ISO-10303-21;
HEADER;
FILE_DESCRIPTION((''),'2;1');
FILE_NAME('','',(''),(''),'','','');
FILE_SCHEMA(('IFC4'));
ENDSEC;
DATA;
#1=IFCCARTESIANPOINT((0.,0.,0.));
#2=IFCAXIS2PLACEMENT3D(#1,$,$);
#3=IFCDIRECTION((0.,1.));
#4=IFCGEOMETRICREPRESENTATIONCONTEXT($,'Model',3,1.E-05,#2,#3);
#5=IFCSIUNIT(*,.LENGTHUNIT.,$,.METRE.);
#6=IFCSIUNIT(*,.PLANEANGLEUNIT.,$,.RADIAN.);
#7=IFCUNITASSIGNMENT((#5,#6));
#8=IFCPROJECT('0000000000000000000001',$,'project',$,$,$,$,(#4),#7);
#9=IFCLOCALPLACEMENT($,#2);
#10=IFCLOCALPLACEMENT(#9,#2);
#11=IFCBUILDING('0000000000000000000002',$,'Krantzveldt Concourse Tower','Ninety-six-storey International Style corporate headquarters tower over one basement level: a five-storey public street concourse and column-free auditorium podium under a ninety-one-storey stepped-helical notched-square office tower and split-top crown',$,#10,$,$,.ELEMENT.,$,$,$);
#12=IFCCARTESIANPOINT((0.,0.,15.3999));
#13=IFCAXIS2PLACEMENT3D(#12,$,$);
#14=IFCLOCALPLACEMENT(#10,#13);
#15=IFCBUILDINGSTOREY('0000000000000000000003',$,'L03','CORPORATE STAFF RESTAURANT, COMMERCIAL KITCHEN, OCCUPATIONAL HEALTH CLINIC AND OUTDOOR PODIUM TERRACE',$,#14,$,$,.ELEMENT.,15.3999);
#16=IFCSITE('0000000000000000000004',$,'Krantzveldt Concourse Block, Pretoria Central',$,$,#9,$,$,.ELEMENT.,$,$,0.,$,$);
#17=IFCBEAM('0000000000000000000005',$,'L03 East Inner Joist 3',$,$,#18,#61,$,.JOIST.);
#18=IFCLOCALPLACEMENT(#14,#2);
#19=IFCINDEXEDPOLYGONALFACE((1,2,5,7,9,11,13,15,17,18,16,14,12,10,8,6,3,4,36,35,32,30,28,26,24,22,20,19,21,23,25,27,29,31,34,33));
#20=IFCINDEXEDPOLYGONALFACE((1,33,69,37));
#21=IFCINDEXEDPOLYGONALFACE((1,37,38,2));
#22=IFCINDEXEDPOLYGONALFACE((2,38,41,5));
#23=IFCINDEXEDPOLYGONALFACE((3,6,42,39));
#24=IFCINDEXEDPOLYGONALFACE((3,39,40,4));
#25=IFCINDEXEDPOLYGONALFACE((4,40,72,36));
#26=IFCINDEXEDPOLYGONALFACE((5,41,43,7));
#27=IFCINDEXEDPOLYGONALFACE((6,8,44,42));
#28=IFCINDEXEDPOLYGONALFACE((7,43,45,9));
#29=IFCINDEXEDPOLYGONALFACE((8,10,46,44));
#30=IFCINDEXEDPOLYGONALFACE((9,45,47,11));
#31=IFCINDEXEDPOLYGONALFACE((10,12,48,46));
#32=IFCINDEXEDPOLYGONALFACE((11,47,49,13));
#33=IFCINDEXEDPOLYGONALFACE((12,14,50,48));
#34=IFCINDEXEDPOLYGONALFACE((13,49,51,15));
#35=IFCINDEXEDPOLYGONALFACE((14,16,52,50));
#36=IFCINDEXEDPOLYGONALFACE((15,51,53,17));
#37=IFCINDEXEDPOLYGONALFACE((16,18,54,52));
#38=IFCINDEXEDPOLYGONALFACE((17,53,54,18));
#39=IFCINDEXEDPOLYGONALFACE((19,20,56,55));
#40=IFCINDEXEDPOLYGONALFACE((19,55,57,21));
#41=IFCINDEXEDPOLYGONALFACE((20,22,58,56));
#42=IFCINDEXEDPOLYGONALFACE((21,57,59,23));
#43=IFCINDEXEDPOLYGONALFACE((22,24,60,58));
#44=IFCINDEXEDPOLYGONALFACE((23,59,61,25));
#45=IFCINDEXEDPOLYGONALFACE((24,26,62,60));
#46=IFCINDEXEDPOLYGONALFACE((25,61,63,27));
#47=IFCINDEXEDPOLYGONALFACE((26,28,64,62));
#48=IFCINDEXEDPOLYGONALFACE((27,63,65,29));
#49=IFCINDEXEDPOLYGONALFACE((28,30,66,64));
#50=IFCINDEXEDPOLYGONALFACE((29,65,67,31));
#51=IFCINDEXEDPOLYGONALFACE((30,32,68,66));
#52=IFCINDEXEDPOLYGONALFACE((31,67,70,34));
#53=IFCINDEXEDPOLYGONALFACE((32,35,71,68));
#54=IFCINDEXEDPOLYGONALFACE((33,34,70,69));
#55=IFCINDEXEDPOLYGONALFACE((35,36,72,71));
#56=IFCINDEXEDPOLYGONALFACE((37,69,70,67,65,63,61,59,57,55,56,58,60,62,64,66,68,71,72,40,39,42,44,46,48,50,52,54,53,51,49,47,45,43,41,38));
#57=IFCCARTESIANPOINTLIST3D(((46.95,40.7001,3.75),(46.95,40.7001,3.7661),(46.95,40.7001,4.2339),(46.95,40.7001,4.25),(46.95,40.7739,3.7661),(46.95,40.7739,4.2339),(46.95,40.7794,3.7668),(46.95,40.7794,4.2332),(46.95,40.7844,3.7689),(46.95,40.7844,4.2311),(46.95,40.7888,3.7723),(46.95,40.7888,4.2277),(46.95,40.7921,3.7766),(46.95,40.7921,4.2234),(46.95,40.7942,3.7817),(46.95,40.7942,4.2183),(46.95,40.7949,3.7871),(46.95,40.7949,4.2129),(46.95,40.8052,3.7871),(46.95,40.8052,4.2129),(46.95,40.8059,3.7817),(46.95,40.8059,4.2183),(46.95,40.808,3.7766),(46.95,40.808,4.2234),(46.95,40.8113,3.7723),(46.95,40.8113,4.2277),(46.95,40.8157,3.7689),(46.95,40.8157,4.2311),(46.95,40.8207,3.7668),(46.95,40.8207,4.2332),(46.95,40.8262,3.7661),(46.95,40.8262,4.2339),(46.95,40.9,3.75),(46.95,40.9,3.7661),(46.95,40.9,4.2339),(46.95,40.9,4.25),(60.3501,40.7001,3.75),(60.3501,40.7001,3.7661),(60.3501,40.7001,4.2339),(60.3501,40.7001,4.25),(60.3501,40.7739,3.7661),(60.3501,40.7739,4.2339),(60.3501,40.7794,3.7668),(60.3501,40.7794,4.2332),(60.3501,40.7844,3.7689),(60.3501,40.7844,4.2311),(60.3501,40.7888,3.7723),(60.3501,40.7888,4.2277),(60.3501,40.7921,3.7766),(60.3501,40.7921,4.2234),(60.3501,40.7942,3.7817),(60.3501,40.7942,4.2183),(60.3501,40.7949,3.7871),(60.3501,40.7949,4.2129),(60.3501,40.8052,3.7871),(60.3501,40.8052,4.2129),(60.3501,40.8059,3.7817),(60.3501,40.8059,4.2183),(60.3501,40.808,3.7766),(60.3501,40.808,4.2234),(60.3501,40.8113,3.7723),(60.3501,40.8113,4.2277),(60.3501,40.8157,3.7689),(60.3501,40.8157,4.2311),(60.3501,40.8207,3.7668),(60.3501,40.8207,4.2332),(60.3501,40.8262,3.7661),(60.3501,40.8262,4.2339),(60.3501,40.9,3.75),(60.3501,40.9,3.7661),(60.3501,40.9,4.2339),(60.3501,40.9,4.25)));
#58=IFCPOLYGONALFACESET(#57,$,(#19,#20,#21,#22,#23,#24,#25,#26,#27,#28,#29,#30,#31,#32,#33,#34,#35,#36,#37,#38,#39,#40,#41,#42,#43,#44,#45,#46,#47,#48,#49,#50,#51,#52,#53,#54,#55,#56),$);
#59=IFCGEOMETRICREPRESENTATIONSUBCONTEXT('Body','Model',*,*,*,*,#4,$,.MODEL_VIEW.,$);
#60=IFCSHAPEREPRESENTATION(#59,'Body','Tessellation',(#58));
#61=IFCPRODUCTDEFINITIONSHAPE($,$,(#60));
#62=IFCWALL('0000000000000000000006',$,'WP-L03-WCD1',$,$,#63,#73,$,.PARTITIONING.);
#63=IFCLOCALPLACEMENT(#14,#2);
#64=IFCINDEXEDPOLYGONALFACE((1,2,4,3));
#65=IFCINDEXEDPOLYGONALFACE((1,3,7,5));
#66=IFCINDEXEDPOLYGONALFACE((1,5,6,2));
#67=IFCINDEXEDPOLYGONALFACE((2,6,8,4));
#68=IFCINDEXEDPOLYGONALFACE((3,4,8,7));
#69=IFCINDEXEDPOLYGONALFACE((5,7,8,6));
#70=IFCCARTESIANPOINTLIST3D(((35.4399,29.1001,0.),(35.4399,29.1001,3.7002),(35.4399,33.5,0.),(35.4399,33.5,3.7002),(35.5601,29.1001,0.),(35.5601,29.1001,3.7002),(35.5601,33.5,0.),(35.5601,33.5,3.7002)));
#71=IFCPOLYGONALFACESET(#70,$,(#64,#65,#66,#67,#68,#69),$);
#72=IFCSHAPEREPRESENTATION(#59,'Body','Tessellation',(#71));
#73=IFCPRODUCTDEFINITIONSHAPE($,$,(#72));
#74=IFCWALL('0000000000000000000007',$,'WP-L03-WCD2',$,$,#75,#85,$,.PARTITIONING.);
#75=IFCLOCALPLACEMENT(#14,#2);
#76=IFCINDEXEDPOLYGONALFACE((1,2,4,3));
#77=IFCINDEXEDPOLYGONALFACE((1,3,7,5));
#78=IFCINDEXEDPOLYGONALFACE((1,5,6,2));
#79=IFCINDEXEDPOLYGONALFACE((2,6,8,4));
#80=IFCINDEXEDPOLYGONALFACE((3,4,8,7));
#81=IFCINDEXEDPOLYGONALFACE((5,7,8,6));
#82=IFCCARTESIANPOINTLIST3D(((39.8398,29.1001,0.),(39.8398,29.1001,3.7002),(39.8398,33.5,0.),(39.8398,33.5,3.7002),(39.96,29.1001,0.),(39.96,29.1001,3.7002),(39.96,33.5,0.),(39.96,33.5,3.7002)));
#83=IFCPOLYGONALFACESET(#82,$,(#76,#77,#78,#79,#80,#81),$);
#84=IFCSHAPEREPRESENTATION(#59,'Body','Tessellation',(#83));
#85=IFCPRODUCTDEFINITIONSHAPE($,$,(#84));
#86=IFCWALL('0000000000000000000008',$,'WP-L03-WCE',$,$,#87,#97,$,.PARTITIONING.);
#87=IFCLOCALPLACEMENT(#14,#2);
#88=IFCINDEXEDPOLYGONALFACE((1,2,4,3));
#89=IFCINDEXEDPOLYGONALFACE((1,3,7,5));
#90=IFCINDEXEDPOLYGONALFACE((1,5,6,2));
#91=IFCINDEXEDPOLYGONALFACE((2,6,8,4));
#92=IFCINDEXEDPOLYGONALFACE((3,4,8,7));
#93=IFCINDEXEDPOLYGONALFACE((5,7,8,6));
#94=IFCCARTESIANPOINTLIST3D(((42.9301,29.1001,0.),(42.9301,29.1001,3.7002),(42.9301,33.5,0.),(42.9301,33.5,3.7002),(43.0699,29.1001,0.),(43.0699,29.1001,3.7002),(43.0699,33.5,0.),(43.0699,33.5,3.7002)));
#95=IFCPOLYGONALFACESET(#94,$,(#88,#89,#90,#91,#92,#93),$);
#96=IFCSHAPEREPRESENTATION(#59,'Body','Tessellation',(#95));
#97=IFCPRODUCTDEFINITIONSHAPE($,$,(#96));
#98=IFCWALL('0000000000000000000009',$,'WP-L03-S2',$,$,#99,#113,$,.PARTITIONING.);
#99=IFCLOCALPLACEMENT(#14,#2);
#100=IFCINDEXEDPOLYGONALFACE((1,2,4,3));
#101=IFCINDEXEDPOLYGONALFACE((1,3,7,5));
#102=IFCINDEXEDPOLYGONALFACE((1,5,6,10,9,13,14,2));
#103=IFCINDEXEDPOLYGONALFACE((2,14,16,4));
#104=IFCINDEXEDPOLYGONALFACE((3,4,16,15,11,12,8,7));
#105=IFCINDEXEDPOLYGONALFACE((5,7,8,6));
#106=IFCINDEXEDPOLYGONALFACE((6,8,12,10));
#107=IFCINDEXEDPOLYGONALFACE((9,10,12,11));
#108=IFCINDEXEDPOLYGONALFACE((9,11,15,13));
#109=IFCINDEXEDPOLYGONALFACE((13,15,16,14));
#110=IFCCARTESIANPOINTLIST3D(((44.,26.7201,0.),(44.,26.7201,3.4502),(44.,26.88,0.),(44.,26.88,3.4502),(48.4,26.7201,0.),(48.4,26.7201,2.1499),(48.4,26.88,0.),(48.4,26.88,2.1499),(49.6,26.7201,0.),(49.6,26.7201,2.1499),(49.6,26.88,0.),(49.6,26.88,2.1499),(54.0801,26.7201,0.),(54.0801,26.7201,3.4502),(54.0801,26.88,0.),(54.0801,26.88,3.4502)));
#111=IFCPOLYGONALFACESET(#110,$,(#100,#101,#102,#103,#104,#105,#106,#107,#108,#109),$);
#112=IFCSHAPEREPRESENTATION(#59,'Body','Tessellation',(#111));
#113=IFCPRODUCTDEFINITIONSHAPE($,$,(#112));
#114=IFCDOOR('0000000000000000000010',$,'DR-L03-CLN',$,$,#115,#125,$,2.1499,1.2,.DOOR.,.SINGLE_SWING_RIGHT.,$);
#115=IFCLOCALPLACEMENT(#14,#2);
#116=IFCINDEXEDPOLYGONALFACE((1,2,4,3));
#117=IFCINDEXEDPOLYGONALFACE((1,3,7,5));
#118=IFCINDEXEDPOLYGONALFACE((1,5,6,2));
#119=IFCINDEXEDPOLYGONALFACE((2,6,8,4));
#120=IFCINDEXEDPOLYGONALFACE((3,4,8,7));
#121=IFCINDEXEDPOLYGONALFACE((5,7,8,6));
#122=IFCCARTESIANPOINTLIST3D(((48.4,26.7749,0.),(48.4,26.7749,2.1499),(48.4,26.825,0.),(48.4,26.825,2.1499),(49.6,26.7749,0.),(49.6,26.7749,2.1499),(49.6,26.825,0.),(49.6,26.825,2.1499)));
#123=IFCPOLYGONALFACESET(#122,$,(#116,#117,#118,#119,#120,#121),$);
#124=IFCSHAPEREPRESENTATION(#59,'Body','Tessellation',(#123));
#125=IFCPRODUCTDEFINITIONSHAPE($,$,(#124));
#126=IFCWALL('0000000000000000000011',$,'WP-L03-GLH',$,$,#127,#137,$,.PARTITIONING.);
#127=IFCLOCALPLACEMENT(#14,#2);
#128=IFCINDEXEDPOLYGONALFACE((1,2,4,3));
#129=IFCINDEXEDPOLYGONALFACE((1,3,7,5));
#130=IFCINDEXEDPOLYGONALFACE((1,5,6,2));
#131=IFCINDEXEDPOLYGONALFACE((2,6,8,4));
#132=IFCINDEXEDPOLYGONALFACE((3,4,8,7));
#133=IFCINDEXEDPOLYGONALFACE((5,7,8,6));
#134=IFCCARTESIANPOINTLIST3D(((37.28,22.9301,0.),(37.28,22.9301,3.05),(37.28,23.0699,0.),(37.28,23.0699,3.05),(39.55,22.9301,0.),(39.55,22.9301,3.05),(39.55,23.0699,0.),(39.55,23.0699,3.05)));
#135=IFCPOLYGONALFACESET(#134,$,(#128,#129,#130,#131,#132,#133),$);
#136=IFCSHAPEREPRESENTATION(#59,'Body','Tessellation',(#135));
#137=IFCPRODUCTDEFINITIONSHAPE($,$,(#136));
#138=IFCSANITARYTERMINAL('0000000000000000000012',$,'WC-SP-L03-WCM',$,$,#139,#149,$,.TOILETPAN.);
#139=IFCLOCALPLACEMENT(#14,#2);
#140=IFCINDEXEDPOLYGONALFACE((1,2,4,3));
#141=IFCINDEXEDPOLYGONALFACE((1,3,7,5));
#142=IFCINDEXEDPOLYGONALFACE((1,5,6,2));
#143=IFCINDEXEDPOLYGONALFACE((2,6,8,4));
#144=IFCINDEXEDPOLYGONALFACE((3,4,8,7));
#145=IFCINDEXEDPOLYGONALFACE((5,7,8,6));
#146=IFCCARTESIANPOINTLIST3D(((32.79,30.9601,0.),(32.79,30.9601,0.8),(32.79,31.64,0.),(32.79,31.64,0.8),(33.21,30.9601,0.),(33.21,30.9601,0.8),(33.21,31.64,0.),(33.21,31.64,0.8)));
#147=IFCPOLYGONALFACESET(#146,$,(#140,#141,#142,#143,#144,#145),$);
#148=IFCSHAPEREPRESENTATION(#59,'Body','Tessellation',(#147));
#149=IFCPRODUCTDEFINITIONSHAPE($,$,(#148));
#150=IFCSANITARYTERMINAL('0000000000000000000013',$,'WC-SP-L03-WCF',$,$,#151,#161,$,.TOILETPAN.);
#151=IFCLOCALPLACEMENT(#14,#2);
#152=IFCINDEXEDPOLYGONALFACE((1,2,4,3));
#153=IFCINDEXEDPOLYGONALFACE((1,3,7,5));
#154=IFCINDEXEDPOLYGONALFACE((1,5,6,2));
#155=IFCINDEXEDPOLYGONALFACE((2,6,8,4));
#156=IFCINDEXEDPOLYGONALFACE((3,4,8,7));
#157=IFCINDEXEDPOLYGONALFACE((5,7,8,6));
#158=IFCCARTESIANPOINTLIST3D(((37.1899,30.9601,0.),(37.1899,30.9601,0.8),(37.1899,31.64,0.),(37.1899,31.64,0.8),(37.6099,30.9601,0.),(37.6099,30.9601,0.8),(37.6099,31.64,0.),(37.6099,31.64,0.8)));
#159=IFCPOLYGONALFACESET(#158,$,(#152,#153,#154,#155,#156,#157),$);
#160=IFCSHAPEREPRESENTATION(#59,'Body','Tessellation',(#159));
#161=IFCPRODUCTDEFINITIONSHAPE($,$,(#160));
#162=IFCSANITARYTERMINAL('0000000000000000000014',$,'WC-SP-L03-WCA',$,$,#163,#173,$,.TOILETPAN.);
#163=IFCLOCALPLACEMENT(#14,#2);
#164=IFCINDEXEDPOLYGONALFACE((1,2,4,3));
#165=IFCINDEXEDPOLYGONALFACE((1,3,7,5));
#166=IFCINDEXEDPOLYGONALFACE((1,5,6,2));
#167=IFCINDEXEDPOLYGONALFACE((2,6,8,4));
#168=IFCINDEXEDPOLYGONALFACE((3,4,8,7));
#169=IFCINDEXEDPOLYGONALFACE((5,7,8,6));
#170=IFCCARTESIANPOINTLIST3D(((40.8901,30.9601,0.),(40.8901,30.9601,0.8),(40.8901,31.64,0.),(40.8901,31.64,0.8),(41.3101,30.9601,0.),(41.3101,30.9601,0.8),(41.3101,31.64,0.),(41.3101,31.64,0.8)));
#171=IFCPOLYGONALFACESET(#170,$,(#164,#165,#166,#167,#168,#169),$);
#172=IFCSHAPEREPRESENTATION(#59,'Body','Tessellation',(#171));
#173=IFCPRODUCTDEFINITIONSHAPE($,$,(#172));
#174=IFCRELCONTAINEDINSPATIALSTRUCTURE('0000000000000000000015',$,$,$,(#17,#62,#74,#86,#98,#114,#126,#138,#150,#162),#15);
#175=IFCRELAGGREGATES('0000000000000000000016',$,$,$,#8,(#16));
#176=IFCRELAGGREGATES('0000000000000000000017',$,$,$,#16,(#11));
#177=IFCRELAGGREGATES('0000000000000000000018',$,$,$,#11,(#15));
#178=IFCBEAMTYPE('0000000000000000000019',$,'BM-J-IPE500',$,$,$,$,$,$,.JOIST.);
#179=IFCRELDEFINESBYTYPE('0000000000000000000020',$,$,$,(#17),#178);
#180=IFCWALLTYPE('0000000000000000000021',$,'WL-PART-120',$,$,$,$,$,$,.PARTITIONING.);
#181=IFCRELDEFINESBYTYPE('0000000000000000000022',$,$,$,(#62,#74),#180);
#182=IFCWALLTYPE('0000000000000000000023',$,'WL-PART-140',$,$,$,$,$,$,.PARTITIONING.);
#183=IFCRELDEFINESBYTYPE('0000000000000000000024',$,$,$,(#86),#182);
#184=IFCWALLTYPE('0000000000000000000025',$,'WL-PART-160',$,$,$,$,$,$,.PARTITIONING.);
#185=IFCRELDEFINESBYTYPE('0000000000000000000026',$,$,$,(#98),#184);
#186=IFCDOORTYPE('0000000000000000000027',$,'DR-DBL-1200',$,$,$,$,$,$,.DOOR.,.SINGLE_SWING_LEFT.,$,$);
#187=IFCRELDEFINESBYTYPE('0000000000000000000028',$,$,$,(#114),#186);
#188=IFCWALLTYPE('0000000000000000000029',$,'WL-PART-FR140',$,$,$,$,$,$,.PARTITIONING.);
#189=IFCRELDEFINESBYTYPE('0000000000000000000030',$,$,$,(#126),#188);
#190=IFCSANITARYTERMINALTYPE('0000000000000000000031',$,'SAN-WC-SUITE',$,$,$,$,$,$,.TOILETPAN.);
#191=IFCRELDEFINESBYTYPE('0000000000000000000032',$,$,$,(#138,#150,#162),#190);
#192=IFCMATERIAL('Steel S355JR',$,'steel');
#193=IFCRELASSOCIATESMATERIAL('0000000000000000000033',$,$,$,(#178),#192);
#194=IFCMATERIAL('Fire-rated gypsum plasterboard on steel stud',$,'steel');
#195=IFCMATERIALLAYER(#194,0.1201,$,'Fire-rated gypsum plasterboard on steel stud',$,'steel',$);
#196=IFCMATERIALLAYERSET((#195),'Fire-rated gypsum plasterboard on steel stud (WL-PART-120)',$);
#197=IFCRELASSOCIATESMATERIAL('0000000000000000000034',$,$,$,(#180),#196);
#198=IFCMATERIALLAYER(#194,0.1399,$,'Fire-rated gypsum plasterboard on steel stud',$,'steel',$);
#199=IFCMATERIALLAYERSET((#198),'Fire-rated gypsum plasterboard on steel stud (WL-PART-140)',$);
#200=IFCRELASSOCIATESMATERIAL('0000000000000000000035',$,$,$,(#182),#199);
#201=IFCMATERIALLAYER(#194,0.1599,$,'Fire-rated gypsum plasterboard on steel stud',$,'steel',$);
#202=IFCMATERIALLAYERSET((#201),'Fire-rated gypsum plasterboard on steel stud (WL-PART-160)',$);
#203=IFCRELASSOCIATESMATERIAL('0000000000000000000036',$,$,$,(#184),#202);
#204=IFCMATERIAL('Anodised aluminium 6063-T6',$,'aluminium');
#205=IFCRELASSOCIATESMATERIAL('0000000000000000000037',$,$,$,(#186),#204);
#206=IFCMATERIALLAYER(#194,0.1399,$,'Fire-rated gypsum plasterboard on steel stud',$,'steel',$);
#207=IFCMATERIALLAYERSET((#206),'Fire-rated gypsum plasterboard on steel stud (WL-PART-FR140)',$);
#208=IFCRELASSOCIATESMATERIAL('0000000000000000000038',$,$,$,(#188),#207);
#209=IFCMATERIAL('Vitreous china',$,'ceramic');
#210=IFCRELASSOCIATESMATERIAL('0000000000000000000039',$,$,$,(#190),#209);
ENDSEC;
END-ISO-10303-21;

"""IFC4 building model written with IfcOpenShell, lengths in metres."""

from ifc_helpers import new_model, si_unit, direction, frame, frame_2d, origin, origin_2d, place, context, subcontext, project, spatial, rectangle, i_section, extrude, source, transform, mapped, material, layer, layer_set, material_profile, profile_set, type_object, type_shapes, element, fill, save


model = new_model("IFC4")

# Units and contexts
model_context = context("Model", 3, precision=1e-05, world=origin(), true_north=direction((0.0, 1.0)))
body_context = subcontext(model_context, "Body", "Model", "MODEL_VIEW")
ifc_project = project(units=[si_unit("LENGTHUNIT", "METRE"), si_unit("PLANEANGLEUNIT", "RADIAN")], contexts=[model_context])

# Site, building, storey
site_placement = place(None, origin())
site = spatial("IfcSite", under=ifc_project, at=site_placement, Name="Krantzveldt Concourse Block, Pretoria Central", CompositionType="ELEMENT", RefElevation=0.0)
building_placement = place(site_placement, origin())
building = spatial("IfcBuilding", under=site, at=building_placement, Name="Krantzveldt Concourse Tower", Description="Ninety-six-storey International Style corporate headquarters tower over one basement level: a five-storey public street concourse and column-free auditorium podium under a ninety-one-storey stepped-helical notched-square office tower and split-top crown", CompositionType="ELEMENT")
storey_placement = place(building_placement, frame((0.0, 0.0, 15.3999)))
storey = spatial("IfcBuildingStorey", under=building, at=storey_placement, Name="L03", Description="CORPORATE STAFF RESTAURANT, COMMERCIAL KITCHEN, OCCUPATIONAL HEALTH CLINIC AND OUTDOOR PODIUM TERRACE", CompositionType="ELEMENT", Elevation=15.3999)

# Beam
ifc_material_1 = material(Name="Steel S355JR", Category="steel")
ifc_material_profile_1 = material_profile(ifc_material_1, i_section(OverallWidth=0.2, OverallDepth=0.5, WebThickness=0.0103, FlangeThickness=0.0161, FilletRadius=0.021, at=origin_2d()), Name="Steel S355JR", Category="steel")
ifc_profile_set_1 = profile_set([ifc_material_profile_1], Name="Steel S355JR - IPE 500")
beam_type_1 = type_object("IfcBeamType", Name="BM-J-IPE500", PredefinedType="JOIST", material=ifc_profile_set_1)
shared_shape_1 = source(origin(), body_context, "Body", "SweptSolid", [
    extrude(i_section(OverallWidth=0.2, OverallDepth=0.5, WebThickness=0.0103, FlangeThickness=0.0161, FilletRadius=0.021, at=origin_2d()), origin(), (0.0, 0.0, 1.0), 13.4001),
])
type_shapes(beam_type_1, [shared_shape_1])
beam_1_placement = place(storey_placement, frame((46.95, 40.8, 4.0), z_axis=(1.0, 0.0, 0.0), x_axis=(0.0, 1.0, 0.0)))
element("IfcBeam", 1, at=beam_1_placement, inside=storey, type_object=beam_type_1, Name="L03 East Inner Joist 3", PredefinedType="JOIST", context=body_context, shape_type="MappedRepresentation", body=[
    mapped(shared_shape_1, transform((0.0, 0.0, 0.0), x_axis=(1.0, 0.0, 0.0), y_axis=(0.0, 1.0, 0.0), z_axis=(0.0, 0.0, 1.0), scale=1.0)),
])

# Walls
ifc_material_2 = material(Name="Fire-rated gypsum plasterboard on steel stud", Category="steel")
ifc_layer_1 = layer(ifc_material_2, 0.1201, Name="Fire-rated gypsum plasterboard on steel stud", Category="steel")
ifc_layer_set_1 = layer_set([ifc_layer_1], Name="Fire-rated gypsum plasterboard on steel stud (WL-PART-120)")
wall_type_1 = type_object("IfcWallType", Name="WL-PART-120", PredefinedType="PARTITIONING", material=ifc_layer_set_1)
for number, where, z_axis, x_axis, name in (
    (2, (35.5, 29.1001, 0.0), (0.0, 0.0, 1.0), (0.0, 1.0, 0.0), "WP-L03-WCD1"),
    (3, (39.8999, 29.1001, 0.0), (0.0, 0.0, 1.0), (0.0, 1.0, 0.0), "WP-L03-WCD2"),
):
    element("IfcWall", number, at=place(storey_placement, frame(where, z_axis=z_axis, x_axis=x_axis)), inside=storey, type_object=wall_type_1, Name=name, PredefinedType="PARTITIONING", context=body_context, shape_type="SweptSolid", body=[
        extrude(rectangle(XDim=4.3999, YDim=0.1201, at=frame_2d((2.2, 0.0))), origin(), (0.0, 0.0, 1.0), 3.7002),
    ])
ifc_layer_2 = layer(ifc_material_2, 0.1399, Name="Fire-rated gypsum plasterboard on steel stud", Category="steel")
ifc_layer_set_2 = layer_set([ifc_layer_2], Name="Fire-rated gypsum plasterboard on steel stud (WL-PART-140)")
wall_type_2 = type_object("IfcWallType", Name="WL-PART-140", PredefinedType="PARTITIONING", material=ifc_layer_set_2)
wall_1_placement = place(storey_placement, frame((43.0, 29.1001, 0.0), z_axis=(0.0, 0.0, 1.0), x_axis=(0.0, 1.0, 0.0)))
element("IfcWall", 4, at=wall_1_placement, inside=storey, type_object=wall_type_2, Name="WP-L03-WCE", PredefinedType="PARTITIONING", context=body_context, shape_type="SweptSolid", body=[
    extrude(rectangle(XDim=4.3999, YDim=0.1399, at=frame_2d((2.2, 0.0))), origin(), (0.0, 0.0, 1.0), 3.7002),
])

# Wall, opening, door
ifc_layer_3 = layer(ifc_material_2, 0.1599, Name="Fire-rated gypsum plasterboard on steel stud", Category="steel")
ifc_layer_set_3 = layer_set([ifc_layer_3], Name="Fire-rated gypsum plasterboard on steel stud (WL-PART-160)")
wall_type_3 = type_object("IfcWallType", Name="WL-PART-160", PredefinedType="PARTITIONING", material=ifc_layer_set_3)
wall_2_placement = place(storey_placement, frame((44.0, 26.8, 0.0), z_axis=(0.0, 0.0, 1.0), x_axis=(1.0, 0.0, 0.0)))
wall_2 = element("IfcWall", 5, at=wall_2_placement, inside=storey, type_object=wall_type_3, Name="WP-L03-S2", PredefinedType="PARTITIONING", context=body_context, shape_type="SweptSolid", body=[
    extrude(rectangle(XDim=10.0801, YDim=0.1599, at=frame_2d((5.04, 0.0))), origin(), (0.0, 0.0, 1.0), 3.4502),
])
opening_placement = place(wall_2_placement, frame((4.3999, 0.0, 0.0)))
opening = element("IfcOpeningElement", 6, at=opening_placement, cuts=wall_2, PredefinedType="OPENING", context=body_context, shape_type="SweptSolid", body=[
    extrude(rectangle(XDim=1.2, YDim=2.1499, at=frame_2d((0.6001, 1.075))), frame((0.0, 0.0898, 0.0), z_axis=(0.0, -1.0, 0.0), x_axis=(1.0, 0.0, 0.0)), (0.0, 0.0, 1.0), 0.1799),
])
ifc_material_3 = material(Name="Anodised aluminium 6063-T6", Category="aluminium")
door_type = type_object("IfcDoorType", Name="DR-DBL-1200", OperationType="SINGLE_SWING_LEFT", PredefinedType="DOOR", material=ifc_material_3)
door_placement = place(opening_placement, origin())
door = element("IfcDoor", 7, at=door_placement, inside=storey, type_object=door_type, Name="DR-L03-CLN", OperationType="SINGLE_SWING_RIGHT", OverallHeight=2.1499, OverallWidth=1.2, PredefinedType="DOOR", context=body_context, shape_type="SweptSolid", body=[
    extrude(rectangle(XDim=1.2, YDim=2.1499, at=frame_2d((0.6001, 1.075))), frame((0.0, 0.0249, 0.0), z_axis=(0.0, -1.0, 0.0), x_axis=(1.0, 0.0, 0.0)), (0.0, 0.0, 1.0), 0.05),
])
fill(opening, door)

# Wall
ifc_layer_4 = layer(ifc_material_2, 0.1399, Name="Fire-rated gypsum plasterboard on steel stud", Category="steel")
ifc_layer_set_4 = layer_set([ifc_layer_4], Name="Fire-rated gypsum plasterboard on steel stud (WL-PART-FR140)")
wall_type_4 = type_object("IfcWallType", Name="WL-PART-FR140", PredefinedType="PARTITIONING", material=ifc_layer_set_4)
wall_3_placement = place(storey_placement, frame((37.28, 23.0, 0.0), z_axis=(0.0, 0.0, 1.0), x_axis=(1.0, 0.0, 0.0)))
element("IfcWall", 8, at=wall_3_placement, inside=storey, type_object=wall_type_4, Name="WP-L03-GLH", PredefinedType="PARTITIONING", context=body_context, shape_type="SweptSolid", body=[
    extrude(rectangle(XDim=2.27, YDim=0.1399, at=frame_2d((1.135, 0.0))), origin(), (0.0, 0.0, 1.0), 3.05),
])

# Sanitary terminals
ifc_material_4 = material(Name="Vitreous china", Category="ceramic")
sanitary_terminal_type_1 = type_object("IfcSanitaryTerminalType", Name="SAN-WC-SUITE", PredefinedType="TOILETPAN", material=ifc_material_4)
shared_shape_2 = source(origin(), body_context, "Body", "SweptSolid", [
    extrude(rectangle(XDim=0.4199, YDim=0.6799, at=origin_2d()), origin(), (0.0, 0.0, 1.0), 0.8),
])
type_shapes(sanitary_terminal_type_1, [shared_shape_2])
for number, where, z_axis, x_axis, name in (
    (9, (33.0, 31.3, 0.0), (0.0, 0.0, 1.0), (1.0, 0.0, 0.0), "WC-SP-L03-WCM"),
    (10, (37.3999, 31.3, 0.0), (0.0, 0.0, 1.0), (1.0, 0.0, 0.0), "WC-SP-L03-WCF"),
    (11, (41.1001, 31.3, 0.0), (0.0, 0.0, 1.0), (1.0, 0.0, 0.0), "WC-SP-L03-WCA"),
):
    element("IfcSanitaryTerminal", number, at=place(storey_placement, frame(where, z_axis=z_axis, x_axis=x_axis)), inside=storey, type_object=sanitary_terminal_type_1, Name=name, PredefinedType="TOILETPAN", context=body_context, shape_type="MappedRepresentation", body=[
        mapped(shared_shape_2, transform((0.0, 0.0, 0.0), x_axis=(1.0, 0.0, 0.0), y_axis=(0.0, 1.0, 0.0), z_axis=(0.0, 0.0, 1.0), scale=1.0)),
    ])

save(model, "model.ifc")
